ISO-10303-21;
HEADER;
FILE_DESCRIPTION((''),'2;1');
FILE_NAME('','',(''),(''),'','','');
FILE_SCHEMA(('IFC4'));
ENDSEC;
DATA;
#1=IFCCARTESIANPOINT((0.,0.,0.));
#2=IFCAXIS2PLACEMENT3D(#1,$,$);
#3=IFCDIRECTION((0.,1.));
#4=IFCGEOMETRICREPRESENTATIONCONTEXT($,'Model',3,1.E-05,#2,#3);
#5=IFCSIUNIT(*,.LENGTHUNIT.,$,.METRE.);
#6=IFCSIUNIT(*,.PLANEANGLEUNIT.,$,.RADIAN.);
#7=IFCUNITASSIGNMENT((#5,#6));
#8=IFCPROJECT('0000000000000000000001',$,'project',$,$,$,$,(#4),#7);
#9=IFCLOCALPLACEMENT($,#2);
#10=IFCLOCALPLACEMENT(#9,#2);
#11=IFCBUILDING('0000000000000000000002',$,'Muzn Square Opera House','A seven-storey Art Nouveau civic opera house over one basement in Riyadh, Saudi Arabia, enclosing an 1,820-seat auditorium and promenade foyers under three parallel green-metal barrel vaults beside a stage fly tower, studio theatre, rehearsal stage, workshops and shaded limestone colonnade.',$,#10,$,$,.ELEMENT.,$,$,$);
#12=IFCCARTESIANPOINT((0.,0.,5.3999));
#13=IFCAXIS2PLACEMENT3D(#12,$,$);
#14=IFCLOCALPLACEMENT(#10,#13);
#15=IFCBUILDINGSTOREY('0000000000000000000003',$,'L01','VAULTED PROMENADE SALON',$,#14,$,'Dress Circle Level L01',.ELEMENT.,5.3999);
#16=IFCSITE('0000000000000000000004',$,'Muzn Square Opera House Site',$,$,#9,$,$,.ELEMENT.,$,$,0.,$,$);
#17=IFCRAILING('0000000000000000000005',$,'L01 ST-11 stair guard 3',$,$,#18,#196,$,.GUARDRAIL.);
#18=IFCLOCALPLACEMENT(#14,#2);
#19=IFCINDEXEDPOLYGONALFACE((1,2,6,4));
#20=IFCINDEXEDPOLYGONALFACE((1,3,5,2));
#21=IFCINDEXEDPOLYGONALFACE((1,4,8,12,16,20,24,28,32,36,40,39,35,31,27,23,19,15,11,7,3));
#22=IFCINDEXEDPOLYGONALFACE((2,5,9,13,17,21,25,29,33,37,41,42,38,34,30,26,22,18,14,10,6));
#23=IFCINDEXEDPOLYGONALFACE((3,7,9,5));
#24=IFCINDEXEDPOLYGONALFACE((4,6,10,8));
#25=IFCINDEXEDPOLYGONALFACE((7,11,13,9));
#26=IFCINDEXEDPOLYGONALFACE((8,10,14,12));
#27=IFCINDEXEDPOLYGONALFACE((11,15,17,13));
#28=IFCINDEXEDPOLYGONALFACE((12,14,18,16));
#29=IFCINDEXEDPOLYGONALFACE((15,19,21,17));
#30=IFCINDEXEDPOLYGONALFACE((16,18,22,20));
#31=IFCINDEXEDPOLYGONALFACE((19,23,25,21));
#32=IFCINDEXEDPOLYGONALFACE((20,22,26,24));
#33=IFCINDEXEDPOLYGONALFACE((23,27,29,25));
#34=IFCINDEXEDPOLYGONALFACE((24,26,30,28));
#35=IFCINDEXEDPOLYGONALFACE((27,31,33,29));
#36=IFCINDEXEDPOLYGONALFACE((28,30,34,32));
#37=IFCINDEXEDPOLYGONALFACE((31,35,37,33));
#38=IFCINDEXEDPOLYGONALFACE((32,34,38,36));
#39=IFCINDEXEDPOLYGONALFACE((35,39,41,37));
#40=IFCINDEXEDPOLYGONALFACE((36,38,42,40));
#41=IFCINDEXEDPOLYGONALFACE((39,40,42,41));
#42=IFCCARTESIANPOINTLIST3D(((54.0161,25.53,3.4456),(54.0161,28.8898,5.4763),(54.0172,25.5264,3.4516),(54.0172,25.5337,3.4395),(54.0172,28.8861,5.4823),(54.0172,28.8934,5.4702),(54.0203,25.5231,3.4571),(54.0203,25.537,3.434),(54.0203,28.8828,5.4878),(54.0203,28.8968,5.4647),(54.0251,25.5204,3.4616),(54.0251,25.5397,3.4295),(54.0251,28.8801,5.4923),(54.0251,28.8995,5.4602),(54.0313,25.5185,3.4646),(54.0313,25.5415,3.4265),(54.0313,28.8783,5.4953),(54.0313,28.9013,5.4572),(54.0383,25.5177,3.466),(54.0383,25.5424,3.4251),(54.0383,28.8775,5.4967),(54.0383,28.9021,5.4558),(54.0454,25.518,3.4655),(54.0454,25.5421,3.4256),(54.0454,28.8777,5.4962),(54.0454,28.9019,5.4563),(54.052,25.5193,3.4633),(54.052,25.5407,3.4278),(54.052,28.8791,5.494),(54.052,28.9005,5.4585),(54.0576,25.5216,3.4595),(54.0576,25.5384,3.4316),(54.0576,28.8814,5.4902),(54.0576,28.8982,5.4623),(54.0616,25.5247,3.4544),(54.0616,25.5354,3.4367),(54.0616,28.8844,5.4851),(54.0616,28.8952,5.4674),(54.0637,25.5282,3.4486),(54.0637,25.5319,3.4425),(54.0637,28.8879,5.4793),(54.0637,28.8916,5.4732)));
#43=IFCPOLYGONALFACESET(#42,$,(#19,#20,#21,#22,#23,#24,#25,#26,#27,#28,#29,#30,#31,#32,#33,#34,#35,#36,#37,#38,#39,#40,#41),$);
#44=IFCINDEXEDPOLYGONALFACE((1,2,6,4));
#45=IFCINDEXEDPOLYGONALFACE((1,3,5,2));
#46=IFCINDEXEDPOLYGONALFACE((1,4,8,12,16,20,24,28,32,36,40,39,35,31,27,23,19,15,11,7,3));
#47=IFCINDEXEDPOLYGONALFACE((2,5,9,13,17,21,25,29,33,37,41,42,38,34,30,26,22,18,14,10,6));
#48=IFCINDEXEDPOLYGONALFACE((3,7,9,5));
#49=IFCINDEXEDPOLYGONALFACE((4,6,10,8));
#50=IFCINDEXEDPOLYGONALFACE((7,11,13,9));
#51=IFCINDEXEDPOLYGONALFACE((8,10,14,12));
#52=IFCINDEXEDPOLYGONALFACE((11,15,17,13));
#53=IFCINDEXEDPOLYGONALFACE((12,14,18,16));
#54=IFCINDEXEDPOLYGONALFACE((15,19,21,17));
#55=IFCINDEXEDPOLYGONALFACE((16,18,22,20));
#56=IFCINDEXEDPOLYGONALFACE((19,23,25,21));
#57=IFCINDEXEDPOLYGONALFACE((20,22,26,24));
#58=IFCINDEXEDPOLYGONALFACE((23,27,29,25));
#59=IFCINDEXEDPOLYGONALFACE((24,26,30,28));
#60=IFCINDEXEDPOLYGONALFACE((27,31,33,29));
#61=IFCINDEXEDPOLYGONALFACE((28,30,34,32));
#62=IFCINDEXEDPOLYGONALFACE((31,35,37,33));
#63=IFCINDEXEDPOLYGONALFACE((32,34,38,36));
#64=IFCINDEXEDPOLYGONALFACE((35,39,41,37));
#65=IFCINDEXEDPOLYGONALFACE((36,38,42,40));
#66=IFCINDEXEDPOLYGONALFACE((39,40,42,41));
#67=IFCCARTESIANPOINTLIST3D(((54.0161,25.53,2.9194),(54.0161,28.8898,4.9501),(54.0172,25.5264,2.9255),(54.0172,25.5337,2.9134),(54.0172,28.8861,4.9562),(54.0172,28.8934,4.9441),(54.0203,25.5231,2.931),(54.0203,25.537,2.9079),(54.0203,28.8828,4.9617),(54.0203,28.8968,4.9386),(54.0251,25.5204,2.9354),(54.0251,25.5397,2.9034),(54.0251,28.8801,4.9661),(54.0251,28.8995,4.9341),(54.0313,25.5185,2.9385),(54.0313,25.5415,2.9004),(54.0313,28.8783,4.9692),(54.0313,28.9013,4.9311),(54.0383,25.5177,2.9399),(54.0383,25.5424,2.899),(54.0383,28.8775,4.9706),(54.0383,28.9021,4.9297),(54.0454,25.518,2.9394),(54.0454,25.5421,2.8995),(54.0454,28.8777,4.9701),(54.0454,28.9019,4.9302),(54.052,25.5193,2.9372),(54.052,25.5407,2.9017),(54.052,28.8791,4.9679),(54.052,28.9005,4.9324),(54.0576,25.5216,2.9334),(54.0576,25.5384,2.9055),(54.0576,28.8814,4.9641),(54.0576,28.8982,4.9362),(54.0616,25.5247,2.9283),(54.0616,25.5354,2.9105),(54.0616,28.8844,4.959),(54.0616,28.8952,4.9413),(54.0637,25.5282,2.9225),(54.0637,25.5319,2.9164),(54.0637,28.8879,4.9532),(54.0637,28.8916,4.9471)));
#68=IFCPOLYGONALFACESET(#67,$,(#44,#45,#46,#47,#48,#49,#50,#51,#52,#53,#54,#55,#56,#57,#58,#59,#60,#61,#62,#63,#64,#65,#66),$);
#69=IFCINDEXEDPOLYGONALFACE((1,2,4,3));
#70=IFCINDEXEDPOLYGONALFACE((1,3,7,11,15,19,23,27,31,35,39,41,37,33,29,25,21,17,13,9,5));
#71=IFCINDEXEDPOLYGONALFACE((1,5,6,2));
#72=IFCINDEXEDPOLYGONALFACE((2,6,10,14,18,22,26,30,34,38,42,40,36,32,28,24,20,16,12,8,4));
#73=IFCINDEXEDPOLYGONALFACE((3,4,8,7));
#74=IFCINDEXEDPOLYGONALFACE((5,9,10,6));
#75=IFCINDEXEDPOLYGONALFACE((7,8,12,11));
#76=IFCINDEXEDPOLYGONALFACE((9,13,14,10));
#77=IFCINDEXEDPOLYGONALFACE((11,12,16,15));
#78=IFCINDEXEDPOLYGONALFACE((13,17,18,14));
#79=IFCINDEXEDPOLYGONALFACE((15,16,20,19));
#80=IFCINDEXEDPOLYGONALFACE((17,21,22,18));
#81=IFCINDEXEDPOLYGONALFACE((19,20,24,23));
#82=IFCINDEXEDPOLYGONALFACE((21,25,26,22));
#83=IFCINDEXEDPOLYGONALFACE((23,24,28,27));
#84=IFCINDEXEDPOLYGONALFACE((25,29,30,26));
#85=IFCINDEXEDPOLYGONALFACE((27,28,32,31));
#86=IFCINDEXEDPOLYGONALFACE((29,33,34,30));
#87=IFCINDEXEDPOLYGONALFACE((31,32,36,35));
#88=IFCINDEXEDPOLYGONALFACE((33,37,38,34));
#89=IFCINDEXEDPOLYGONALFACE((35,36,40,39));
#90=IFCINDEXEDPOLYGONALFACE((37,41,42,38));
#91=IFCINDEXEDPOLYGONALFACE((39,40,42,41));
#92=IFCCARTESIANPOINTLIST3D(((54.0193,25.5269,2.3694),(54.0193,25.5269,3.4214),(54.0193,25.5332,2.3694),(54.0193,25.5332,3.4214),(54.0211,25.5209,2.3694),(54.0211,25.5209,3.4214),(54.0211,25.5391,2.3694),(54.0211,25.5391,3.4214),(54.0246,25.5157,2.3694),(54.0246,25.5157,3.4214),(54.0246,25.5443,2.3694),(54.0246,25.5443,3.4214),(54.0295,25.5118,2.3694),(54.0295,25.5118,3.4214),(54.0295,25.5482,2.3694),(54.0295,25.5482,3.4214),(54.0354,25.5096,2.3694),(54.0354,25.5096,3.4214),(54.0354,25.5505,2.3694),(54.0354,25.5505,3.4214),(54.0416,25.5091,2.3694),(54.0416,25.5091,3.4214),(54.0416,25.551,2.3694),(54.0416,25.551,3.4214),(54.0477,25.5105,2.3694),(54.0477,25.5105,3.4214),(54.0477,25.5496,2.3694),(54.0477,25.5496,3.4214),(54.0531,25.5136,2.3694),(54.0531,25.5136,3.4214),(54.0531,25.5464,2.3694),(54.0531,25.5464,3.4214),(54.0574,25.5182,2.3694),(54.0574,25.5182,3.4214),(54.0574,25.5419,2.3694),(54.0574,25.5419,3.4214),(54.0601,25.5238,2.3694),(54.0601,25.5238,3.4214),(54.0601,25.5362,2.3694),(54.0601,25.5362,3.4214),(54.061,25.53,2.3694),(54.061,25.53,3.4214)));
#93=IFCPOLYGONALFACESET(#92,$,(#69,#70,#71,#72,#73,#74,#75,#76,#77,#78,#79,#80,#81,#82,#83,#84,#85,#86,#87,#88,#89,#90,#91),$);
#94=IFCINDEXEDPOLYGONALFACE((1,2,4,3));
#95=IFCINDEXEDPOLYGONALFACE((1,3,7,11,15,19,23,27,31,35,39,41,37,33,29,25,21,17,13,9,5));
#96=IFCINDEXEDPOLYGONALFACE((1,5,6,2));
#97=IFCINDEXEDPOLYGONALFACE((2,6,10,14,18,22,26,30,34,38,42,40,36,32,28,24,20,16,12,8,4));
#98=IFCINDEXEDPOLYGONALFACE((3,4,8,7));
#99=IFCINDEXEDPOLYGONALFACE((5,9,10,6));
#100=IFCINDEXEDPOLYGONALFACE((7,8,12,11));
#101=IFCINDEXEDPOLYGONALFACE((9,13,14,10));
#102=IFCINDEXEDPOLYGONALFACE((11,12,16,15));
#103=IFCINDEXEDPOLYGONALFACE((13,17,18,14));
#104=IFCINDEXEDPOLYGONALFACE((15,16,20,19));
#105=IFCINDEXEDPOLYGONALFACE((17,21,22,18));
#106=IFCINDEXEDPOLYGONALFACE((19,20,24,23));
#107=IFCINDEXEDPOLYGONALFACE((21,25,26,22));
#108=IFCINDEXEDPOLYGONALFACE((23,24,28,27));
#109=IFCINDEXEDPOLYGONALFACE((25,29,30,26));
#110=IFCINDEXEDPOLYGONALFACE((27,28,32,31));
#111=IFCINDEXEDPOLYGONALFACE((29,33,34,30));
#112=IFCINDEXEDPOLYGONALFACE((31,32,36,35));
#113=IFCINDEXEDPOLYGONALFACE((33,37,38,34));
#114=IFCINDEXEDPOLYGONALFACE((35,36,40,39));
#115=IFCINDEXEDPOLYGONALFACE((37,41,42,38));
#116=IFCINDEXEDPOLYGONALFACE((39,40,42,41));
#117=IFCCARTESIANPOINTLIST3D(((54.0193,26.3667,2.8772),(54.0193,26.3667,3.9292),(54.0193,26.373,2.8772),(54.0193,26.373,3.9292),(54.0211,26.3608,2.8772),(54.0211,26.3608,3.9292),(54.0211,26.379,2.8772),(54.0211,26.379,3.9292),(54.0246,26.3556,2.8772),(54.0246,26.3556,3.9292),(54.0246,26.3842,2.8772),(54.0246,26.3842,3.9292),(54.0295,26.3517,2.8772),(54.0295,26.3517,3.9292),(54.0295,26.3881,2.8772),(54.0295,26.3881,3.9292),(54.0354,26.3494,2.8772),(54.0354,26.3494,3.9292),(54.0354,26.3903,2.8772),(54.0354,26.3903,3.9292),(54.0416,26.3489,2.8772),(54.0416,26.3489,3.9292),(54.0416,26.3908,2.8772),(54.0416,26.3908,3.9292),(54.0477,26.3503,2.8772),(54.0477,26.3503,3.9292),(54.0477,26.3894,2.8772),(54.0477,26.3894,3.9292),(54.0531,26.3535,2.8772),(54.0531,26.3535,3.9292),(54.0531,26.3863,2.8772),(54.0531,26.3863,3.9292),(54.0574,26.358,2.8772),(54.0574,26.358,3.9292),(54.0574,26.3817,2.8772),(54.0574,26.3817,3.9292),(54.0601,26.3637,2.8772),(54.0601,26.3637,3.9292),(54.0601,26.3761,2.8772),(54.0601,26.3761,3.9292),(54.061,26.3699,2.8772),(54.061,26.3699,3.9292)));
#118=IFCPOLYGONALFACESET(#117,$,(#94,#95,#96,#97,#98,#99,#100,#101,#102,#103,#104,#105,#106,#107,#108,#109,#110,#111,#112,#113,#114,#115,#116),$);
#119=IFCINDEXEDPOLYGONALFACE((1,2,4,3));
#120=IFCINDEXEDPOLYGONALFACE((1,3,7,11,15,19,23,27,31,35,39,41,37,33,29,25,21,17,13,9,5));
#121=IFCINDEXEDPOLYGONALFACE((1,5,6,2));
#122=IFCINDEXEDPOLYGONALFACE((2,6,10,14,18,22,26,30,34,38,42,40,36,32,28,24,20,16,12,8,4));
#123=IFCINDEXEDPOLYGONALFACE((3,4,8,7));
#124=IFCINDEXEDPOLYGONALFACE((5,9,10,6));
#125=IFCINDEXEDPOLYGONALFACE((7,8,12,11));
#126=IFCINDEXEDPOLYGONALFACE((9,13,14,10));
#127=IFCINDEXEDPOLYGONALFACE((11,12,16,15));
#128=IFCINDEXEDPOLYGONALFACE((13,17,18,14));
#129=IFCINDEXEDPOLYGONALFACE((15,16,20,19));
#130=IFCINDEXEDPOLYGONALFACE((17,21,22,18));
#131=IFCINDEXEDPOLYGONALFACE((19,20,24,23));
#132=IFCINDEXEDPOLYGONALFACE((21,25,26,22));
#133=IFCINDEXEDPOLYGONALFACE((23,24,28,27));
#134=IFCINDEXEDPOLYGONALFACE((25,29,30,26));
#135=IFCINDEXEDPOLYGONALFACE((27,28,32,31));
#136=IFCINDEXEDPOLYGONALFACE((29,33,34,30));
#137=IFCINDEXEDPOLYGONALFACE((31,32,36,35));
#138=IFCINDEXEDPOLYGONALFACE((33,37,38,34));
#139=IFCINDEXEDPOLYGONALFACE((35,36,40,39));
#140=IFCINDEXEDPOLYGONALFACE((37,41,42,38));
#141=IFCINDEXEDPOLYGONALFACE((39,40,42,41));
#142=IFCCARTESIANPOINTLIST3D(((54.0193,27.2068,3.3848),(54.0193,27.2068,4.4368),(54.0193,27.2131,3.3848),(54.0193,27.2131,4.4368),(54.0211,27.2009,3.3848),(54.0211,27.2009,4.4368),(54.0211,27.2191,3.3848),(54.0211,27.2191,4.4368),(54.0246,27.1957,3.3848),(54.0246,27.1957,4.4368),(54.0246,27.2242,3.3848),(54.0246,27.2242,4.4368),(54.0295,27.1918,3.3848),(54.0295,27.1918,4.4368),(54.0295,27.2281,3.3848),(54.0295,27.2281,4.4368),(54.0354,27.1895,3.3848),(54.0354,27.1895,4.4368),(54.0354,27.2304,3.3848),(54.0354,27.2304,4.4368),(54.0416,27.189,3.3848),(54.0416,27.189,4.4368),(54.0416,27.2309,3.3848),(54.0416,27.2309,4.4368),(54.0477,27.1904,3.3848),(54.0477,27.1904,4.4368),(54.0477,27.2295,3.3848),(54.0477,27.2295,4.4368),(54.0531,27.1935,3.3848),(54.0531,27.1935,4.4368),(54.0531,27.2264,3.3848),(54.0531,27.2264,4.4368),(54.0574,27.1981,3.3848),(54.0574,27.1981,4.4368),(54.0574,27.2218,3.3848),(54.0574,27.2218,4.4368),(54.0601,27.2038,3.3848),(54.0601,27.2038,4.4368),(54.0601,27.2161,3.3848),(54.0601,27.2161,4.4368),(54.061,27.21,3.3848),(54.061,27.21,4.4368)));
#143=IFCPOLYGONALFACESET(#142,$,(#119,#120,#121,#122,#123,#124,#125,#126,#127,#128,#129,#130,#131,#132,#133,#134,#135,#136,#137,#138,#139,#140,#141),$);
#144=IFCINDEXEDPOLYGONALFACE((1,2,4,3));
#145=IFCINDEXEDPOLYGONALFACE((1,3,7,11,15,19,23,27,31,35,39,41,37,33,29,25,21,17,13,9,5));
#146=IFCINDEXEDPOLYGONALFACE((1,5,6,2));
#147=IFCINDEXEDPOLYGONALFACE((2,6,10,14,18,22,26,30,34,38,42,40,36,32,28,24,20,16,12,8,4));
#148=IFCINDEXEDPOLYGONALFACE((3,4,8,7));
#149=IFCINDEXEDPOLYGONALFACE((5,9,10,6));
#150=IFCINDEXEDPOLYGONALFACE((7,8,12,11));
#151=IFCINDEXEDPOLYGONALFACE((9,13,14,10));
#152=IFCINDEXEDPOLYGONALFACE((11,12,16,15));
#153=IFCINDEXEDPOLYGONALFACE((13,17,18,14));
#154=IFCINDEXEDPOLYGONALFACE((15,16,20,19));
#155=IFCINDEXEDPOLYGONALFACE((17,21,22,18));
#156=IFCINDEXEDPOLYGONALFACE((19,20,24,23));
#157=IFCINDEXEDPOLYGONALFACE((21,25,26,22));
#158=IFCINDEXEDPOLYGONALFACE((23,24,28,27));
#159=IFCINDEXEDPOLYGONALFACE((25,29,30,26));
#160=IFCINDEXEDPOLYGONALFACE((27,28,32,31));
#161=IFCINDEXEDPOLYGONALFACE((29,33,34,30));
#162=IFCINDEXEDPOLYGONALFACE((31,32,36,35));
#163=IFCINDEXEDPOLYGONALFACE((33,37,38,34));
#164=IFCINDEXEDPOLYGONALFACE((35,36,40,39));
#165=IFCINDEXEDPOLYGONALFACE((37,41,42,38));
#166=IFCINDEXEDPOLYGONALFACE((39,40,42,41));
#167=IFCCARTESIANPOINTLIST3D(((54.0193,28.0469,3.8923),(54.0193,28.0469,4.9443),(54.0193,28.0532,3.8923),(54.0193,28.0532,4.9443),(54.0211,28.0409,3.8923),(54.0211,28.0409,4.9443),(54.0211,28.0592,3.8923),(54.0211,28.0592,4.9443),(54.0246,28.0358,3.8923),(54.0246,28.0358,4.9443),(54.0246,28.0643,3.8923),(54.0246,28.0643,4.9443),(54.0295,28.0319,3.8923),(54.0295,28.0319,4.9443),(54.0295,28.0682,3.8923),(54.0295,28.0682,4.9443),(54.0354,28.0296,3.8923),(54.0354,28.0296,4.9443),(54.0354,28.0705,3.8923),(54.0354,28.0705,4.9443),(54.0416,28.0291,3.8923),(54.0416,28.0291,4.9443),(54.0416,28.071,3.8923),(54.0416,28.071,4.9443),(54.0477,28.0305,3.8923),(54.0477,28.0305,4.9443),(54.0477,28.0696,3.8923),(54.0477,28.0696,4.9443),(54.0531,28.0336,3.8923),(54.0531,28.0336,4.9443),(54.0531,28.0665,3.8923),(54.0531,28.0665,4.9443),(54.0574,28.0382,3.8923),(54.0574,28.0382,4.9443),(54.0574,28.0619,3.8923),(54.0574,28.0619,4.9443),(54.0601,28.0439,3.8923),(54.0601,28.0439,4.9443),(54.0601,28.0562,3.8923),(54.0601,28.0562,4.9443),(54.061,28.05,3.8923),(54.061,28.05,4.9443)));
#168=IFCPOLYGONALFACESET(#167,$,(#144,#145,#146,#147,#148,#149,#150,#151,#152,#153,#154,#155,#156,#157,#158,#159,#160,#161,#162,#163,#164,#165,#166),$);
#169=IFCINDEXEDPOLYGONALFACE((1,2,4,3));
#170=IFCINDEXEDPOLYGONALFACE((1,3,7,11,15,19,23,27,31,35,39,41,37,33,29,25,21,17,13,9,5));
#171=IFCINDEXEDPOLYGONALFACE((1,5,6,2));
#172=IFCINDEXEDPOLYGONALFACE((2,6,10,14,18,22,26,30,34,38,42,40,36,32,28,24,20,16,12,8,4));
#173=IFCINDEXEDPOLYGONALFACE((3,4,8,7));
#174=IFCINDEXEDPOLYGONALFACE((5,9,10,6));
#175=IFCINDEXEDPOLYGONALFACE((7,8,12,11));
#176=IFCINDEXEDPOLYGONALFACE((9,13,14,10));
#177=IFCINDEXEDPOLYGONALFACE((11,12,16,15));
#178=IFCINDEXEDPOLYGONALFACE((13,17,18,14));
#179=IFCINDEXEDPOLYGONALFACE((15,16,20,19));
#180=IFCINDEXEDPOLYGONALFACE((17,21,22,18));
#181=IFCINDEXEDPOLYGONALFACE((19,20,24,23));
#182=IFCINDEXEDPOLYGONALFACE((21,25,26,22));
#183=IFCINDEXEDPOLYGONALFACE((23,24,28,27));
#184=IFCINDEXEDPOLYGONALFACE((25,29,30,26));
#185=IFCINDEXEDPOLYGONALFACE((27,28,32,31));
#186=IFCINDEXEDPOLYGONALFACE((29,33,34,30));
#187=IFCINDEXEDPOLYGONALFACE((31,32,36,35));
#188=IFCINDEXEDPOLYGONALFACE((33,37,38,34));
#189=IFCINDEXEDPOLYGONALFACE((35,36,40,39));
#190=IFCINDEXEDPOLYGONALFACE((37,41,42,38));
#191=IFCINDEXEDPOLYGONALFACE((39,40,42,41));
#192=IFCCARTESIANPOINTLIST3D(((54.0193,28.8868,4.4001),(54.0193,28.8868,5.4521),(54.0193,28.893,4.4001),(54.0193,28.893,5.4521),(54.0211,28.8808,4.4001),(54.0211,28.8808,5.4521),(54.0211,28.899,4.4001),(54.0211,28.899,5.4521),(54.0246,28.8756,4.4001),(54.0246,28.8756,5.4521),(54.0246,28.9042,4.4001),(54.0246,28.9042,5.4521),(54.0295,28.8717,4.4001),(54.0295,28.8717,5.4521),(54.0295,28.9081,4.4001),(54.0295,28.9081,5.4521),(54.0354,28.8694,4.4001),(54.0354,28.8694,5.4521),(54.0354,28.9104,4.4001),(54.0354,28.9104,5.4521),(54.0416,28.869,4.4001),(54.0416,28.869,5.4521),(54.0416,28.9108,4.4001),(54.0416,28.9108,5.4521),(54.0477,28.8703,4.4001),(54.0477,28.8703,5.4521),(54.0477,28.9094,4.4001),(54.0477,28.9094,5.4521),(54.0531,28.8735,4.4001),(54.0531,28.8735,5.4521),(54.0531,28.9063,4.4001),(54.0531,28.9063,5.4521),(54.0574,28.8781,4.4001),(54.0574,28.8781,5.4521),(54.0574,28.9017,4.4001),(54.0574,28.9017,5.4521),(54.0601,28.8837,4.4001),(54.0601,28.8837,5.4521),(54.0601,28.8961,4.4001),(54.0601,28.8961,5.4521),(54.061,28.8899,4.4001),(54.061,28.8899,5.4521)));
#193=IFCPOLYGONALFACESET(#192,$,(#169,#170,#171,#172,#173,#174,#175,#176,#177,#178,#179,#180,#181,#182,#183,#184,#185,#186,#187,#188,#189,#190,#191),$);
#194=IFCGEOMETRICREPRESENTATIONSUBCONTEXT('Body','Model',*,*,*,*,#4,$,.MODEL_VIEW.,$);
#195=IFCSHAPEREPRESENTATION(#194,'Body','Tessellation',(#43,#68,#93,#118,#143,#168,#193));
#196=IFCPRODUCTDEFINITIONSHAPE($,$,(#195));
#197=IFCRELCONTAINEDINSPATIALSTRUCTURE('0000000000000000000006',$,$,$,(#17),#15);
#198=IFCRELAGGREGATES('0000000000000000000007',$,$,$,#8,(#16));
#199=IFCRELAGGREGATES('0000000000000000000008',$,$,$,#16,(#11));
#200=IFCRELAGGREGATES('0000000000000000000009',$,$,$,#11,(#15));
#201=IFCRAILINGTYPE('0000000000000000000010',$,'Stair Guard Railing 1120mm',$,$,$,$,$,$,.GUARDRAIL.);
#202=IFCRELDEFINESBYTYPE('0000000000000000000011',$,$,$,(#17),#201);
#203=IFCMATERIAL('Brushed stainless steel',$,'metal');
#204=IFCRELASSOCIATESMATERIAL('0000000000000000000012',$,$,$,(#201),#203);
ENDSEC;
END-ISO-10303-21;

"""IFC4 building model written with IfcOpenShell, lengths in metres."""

from ifc_helpers import new_model, si_unit, direction, frame, origin, origin_2d, place, context, subcontext, project, spatial, circle, extrude, material, type_object, element, save


model = new_model("IFC4")

# Units and contexts
model_context = context("Model", 3, precision=1e-05, world=origin(), true_north=direction((0.0, 1.0)))
body_context = subcontext(model_context, "Body", "Model", "MODEL_VIEW")
ifc_project = project(units=[si_unit("LENGTHUNIT", "METRE"), si_unit("PLANEANGLEUNIT", "RADIAN")], contexts=[model_context])

# Site, building, storey
site_placement = place(None, origin())
site = spatial("IfcSite", under=ifc_project, at=site_placement, Name="Muzn Square Opera House Site", CompositionType="ELEMENT", RefElevation=0.0)
building_placement = place(site_placement, origin())
building = spatial("IfcBuilding", under=site, at=building_placement, Name="Muzn Square Opera House", Description="A seven-storey Art Nouveau civic opera house over one basement in Riyadh, Saudi Arabia, enclosing an 1,820-seat auditorium and promenade foyers under three parallel green-metal barrel vaults beside a stage fly tower, studio theatre, rehearsal stage, workshops and shaded limestone colonnade.", CompositionType="ELEMENT")
storey_placement = place(building_placement, frame((0.0, 0.0, 5.3999)))
storey = spatial("IfcBuildingStorey", under=building, at=storey_placement, Name="L01", Description="VAULTED PROMENADE SALON", LongName="Dress Circle Level L01", CompositionType="ELEMENT", Elevation=5.3999)

# Shared definitions
ifc_material_1 = material(Name="Brushed stainless steel", Category="metal")

# Railing
railing_type_1 = type_object("IfcRailingType", Name="Stair Guard Railing 1120mm", PredefinedType="GUARDRAIL", material=ifc_material_1)
railing_1_placement = place(storey_placement, frame((54.04, 25.53, 2.3694)))
element("IfcRailing", 1, at=railing_1_placement, inside=storey, type_object=railing_type_1, Name="L01 ST-11 stair guard 3", PredefinedType="GUARDRAIL", context=body_context, shape_type="SweptSolid", body=[
    extrude(circle(Radius=0.0239, at=origin_2d()), frame((0.0, 0.0, 1.0762), z_axis=(0.0, 0.85582, 0.517273), x_axis=(-1.0, 0.0, 0.0)), (0.0, 0.0, 1.0), 3.9258),
    extrude(circle(Radius=0.0239, at=origin_2d()), frame((0.0, 0.0, 0.55), z_axis=(0.0, 0.85582, 0.517273), x_axis=(-1.0, 0.0, 0.0)), (0.0, 0.0, 1.0), 3.9258),
    extrude(circle(Radius=0.021, at=origin_2d()), origin(), (0.0, 0.0, 1.0), 1.052),
    extrude(circle(Radius=0.021, at=origin_2d()), frame((0.0, 0.8398, 0.5078)), (0.0, 0.0, 1.0), 1.052),
    extrude(circle(Radius=0.021, at=origin_2d()), frame((0.0, 1.6799, 1.0154)), (0.0, 0.0, 1.0), 1.052),
    extrude(circle(Radius=0.021, at=origin_2d()), frame((0.0, 2.52, 1.5229)), (0.0, 0.0, 1.0), 1.052),
    extrude(circle(Radius=0.021, at=origin_2d()), frame((0.0, 3.3599, 2.0308)), (0.0, 0.0, 1.0), 1.052),
])

save(model, "model.ifc")
